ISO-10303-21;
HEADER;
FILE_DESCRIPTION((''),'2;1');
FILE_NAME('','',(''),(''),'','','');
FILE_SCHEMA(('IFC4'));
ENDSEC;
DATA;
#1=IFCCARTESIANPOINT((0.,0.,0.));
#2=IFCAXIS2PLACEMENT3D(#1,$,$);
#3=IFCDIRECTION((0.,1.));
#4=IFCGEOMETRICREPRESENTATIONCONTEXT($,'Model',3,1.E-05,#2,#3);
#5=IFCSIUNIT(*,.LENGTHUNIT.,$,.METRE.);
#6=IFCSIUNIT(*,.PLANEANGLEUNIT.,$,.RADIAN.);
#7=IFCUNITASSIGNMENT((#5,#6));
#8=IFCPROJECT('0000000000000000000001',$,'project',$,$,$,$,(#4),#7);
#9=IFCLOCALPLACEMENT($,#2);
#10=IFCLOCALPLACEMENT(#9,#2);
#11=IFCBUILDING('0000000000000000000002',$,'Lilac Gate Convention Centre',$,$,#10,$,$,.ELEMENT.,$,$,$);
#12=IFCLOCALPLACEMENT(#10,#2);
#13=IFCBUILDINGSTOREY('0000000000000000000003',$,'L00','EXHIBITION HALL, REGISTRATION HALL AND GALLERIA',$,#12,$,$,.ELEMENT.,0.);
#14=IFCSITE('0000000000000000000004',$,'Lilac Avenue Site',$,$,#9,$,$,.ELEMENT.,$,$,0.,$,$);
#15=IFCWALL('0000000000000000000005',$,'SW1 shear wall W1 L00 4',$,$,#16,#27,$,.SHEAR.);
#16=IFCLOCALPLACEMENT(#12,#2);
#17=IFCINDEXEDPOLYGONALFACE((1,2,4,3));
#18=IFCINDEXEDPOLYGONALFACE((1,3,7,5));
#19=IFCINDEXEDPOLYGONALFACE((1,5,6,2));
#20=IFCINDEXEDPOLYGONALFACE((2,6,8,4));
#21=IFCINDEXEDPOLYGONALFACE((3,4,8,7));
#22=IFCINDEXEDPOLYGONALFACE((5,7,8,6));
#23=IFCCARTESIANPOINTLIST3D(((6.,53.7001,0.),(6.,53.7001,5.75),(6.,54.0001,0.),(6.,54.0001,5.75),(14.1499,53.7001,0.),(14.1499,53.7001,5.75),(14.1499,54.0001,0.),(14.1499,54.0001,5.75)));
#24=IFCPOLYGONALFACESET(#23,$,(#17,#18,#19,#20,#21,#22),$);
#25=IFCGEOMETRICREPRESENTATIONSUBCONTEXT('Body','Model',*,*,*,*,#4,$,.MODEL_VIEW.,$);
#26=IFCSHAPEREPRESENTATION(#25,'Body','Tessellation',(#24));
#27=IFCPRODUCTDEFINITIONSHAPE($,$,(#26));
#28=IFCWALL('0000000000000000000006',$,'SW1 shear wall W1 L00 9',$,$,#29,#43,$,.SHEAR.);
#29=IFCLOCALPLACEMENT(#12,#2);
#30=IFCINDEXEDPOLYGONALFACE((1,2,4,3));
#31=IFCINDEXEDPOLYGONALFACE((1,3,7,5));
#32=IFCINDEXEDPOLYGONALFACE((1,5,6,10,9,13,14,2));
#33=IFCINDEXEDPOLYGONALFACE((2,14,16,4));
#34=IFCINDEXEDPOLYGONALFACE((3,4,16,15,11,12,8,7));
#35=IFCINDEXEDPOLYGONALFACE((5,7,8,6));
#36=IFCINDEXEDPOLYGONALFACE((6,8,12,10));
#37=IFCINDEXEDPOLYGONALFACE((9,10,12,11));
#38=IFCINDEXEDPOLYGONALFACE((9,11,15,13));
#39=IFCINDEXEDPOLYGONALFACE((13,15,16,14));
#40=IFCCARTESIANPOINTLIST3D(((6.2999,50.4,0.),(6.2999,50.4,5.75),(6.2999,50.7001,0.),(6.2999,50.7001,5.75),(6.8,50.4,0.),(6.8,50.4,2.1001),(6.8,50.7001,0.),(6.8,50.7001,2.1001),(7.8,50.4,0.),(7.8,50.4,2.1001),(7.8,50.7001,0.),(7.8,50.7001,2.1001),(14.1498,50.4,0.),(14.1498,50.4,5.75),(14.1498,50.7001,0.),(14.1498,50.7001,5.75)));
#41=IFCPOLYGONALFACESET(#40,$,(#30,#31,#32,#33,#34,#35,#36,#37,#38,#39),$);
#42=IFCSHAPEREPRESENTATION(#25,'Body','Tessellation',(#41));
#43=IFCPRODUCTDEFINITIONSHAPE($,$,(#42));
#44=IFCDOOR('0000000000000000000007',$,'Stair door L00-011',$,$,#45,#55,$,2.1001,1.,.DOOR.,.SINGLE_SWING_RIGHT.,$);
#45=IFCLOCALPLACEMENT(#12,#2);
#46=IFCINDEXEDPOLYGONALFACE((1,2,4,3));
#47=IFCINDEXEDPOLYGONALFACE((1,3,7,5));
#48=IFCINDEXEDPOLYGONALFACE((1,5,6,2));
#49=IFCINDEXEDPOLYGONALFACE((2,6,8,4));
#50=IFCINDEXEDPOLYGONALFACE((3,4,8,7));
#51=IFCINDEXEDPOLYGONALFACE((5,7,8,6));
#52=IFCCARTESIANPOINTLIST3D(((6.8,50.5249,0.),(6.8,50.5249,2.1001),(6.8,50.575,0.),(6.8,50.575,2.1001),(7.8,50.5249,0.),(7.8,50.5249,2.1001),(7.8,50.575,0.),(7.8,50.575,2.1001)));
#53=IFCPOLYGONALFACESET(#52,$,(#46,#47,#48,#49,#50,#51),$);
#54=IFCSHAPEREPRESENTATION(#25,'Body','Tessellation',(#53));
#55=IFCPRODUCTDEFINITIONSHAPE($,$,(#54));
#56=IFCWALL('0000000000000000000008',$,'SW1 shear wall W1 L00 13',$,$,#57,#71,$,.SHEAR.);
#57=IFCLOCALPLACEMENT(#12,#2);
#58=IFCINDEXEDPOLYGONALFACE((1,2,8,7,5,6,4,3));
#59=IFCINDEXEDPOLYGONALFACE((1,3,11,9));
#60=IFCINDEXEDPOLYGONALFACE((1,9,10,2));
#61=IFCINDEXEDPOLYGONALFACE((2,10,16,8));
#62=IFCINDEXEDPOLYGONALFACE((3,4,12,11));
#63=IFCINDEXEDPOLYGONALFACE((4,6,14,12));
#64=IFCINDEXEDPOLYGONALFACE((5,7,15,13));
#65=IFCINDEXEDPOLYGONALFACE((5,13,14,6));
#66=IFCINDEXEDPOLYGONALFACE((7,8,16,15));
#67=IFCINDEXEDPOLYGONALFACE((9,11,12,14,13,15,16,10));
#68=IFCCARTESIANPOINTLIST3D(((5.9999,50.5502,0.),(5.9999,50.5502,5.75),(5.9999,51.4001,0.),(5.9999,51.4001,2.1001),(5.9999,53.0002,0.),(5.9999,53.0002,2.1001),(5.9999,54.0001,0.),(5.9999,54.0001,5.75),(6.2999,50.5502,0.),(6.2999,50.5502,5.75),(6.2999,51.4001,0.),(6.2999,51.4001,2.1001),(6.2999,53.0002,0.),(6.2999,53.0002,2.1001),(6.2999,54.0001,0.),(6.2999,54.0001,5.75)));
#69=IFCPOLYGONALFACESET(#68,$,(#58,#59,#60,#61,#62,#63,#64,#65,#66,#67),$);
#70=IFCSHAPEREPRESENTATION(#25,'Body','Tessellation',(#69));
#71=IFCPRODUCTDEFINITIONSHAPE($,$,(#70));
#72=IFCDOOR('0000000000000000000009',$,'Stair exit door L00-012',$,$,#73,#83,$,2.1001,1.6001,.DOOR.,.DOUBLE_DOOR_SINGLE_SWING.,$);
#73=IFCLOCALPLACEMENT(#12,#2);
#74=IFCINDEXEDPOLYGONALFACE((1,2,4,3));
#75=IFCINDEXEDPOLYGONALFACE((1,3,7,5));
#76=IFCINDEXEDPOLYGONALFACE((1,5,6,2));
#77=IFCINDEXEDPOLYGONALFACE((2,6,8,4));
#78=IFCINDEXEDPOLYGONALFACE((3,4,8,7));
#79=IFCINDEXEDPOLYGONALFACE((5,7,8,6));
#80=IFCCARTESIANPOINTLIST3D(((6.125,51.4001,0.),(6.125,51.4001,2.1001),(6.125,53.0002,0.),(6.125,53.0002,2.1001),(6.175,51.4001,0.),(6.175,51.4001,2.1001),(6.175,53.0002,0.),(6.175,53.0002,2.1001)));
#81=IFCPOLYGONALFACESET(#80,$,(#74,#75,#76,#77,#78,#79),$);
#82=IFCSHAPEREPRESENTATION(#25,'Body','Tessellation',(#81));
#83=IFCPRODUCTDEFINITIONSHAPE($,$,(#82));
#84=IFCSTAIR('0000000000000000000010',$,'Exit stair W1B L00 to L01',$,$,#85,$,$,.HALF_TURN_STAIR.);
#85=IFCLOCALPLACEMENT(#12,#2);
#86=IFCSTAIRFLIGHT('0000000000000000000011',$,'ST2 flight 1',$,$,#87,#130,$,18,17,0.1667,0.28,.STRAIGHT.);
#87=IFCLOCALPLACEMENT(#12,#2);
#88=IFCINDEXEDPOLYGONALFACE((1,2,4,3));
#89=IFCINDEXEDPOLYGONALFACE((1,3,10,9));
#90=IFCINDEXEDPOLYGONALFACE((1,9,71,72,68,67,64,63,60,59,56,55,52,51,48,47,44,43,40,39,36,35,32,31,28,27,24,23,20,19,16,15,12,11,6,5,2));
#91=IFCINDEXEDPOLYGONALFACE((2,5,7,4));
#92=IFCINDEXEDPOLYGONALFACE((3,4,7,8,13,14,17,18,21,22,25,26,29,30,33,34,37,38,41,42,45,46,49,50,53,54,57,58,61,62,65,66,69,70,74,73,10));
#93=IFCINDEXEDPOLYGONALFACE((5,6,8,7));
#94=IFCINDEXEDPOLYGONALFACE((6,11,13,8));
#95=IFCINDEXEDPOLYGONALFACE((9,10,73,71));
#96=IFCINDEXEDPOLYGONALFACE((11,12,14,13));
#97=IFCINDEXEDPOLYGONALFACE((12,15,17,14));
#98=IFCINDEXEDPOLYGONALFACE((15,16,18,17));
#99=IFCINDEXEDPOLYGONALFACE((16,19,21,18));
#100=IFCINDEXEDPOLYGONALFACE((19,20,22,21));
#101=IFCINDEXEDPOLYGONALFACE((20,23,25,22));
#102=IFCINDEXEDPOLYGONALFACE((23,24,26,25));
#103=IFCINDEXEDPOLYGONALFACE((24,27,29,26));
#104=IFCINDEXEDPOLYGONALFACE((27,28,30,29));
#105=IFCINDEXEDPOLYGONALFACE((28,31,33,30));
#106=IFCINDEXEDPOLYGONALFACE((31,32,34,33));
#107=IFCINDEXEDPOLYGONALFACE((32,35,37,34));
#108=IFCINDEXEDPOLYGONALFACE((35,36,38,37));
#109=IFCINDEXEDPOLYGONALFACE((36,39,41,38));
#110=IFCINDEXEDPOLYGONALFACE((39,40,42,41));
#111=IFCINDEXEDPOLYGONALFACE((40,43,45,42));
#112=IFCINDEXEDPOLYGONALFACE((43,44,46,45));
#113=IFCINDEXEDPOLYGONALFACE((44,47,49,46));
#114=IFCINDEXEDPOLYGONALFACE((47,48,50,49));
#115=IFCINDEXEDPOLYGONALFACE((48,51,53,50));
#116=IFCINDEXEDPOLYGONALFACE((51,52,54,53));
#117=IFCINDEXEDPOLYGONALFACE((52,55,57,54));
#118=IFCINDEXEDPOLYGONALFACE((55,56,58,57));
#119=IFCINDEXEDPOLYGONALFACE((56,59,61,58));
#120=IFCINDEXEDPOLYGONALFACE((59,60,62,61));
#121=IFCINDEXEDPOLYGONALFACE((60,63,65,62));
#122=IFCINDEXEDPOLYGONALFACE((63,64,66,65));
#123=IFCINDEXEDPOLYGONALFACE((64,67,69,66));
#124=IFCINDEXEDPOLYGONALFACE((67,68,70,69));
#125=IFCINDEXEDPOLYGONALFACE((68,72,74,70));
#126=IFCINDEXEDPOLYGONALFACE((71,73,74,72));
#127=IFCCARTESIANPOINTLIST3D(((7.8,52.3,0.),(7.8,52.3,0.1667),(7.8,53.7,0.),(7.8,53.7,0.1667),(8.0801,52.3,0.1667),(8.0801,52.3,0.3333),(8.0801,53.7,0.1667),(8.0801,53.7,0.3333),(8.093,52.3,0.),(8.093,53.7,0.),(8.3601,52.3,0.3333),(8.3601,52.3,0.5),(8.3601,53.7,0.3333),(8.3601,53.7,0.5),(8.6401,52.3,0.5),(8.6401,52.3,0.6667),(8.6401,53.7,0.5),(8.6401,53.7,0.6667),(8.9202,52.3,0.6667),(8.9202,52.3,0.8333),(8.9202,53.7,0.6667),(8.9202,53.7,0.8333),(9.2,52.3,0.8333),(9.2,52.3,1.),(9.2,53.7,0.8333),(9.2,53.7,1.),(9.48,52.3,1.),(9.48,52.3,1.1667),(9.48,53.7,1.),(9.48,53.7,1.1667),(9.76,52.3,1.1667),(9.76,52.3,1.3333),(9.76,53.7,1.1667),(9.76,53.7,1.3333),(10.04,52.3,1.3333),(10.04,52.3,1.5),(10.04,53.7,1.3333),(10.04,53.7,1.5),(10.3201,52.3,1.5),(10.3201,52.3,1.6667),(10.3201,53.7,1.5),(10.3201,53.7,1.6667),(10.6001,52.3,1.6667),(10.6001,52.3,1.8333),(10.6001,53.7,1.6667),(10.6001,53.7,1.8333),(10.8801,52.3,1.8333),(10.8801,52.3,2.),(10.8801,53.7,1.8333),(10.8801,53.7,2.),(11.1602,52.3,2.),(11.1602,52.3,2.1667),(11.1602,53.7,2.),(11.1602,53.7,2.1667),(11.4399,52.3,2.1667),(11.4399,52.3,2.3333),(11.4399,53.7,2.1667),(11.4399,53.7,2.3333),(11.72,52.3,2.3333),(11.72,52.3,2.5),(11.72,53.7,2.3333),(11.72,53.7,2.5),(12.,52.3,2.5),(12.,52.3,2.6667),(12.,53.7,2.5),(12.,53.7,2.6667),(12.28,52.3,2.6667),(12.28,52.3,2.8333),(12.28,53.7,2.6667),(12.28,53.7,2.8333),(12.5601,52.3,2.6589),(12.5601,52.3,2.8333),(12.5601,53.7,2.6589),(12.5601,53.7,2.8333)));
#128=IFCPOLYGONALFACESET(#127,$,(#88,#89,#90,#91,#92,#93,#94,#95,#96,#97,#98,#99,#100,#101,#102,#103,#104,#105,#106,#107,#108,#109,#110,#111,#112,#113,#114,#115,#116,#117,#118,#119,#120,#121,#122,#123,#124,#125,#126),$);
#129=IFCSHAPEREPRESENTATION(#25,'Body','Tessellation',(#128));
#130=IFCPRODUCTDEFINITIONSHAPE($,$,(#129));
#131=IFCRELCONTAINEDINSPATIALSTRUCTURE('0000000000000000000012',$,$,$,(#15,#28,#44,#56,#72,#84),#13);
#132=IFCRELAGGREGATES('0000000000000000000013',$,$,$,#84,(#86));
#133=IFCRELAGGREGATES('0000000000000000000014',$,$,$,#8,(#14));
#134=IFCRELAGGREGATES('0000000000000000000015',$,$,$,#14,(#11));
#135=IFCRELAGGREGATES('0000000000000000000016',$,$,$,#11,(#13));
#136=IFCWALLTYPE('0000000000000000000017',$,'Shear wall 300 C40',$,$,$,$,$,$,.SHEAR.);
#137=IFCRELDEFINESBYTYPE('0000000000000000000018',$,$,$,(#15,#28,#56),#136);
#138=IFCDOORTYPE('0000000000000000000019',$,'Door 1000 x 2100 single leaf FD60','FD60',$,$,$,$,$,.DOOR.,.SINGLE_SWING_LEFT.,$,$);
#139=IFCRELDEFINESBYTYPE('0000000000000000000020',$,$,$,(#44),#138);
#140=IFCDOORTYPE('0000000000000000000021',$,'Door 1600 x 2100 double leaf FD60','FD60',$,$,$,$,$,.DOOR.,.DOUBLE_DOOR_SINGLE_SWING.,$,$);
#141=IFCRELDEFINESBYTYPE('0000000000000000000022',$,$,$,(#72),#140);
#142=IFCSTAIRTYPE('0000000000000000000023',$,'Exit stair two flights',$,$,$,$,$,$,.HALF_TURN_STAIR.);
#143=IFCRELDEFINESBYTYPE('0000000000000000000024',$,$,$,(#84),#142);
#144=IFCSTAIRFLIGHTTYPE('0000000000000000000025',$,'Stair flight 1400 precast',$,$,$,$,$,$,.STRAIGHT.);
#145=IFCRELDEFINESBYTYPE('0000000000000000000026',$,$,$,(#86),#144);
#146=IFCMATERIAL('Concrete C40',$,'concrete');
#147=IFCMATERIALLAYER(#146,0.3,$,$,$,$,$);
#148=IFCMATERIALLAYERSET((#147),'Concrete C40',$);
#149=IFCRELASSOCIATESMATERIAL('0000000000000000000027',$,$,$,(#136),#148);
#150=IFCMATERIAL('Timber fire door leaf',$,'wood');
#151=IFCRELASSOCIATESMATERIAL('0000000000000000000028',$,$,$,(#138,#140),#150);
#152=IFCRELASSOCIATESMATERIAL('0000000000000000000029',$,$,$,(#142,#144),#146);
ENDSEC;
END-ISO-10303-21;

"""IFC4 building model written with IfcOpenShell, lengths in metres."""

from ifc_helpers import new_model, si_unit, direction, frame, frame_2d, origin, place, context, subcontext, project, spatial, polyline, rectangle, outline, extrude, material, layer, layer_set, type_object, element, fill, aggregate, save


model = new_model("IFC4")

# Units and contexts
model_context = context("Model", 3, precision=1e-05, world=origin(), true_north=direction((0.0, 1.0)))
body_context = subcontext(model_context, "Body", "Model", "MODEL_VIEW")
ifc_project = project(units=[si_unit("LENGTHUNIT", "METRE"), si_unit("PLANEANGLEUNIT", "RADIAN")], contexts=[model_context])

# Site, building, storey
site_placement = place(None, origin())
site = spatial("IfcSite", under=ifc_project, at=site_placement, Name="Lilac Avenue Site", CompositionType="ELEMENT", RefElevation=0.0)
building_placement = place(site_placement, origin())
building = spatial("IfcBuilding", under=site, at=building_placement, Name="Lilac Gate Convention Centre", CompositionType="ELEMENT")
storey_placement = place(building_placement, origin())
storey = spatial("IfcBuildingStorey", under=building, at=storey_placement, Name="L00", Description="EXHIBITION HALL, REGISTRATION HALL AND GALLERIA", CompositionType="ELEMENT", Elevation=0.0)

# Shared definitions
ifc_material_1 = material(Name="Concrete C40", Category="concrete")

# Shared definitions
ifc_material_2 = material(Name="Timber fire door leaf", Category="wood")

# Shared definitions
ifc_layer_1 = layer(ifc_material_1, 0.3)
ifc_layer_set_1 = layer_set([ifc_layer_1], Name="Concrete C40")
wall_type_1 = type_object("IfcWallType", Name="Shear wall 300 C40", PredefinedType="SHEAR", material=ifc_layer_set_1)

# Shared definitions
door_type_1 = type_object("IfcDoorType", Name="Door 1000 x 2100 single leaf FD60", Description="FD60", OperationType="SINGLE_SWING_LEFT", PredefinedType="DOOR", material=ifc_material_2)
door_type_2 = type_object("IfcDoorType", Name="Door 1600 x 2100 double leaf FD60", Description="FD60", OperationType="DOUBLE_DOOR_SINGLE_SWING", PredefinedType="DOOR", material=ifc_material_2)

# Wall
wall_1_placement = place(storey_placement, frame((6.0, 53.8501, 0.0), z_axis=(0.0, 0.0, 1.0), x_axis=(1.0, 0.0, 0.0)))
element("IfcWall", 1, at=wall_1_placement, inside=storey, type_object=wall_type_1, Name="SW1 shear wall W1 L00 4", PredefinedType="SHEAR", context=body_context, shape_type="SweptSolid", body=[
    extrude(rectangle(XDim=8.1499, YDim=0.3, at=frame_2d((4.075, 0.0))), origin(), (0.0, 0.0, 1.0), 5.75),
])

# Walls, openings, doors
wall_2_placement = place(storey_placement, frame((6.3, 50.55, 0.0), z_axis=(0.0, 0.0, 1.0), x_axis=(1.0, 0.0, 0.0)))
wall_2 = element("IfcWall", 2, at=wall_2_placement, inside=storey, type_object=wall_type_1, Name="SW1 shear wall W1 L00 9", PredefinedType="SHEAR", context=body_context, shape_type="SweptSolid", body=[
    extrude(rectangle(XDim=7.8499, YDim=0.3, at=frame_2d((3.9248, 0.0))), origin(), (0.0, 0.0, 1.0), 5.75),
])
opening_1_placement = place(wall_2_placement, frame((0.5, 0.0, 0.0)))
opening_1 = element("IfcOpeningElement", 3, at=opening_1_placement, cuts=wall_2, PredefinedType="OPENING", context=body_context, shape_type="SweptSolid", body=[
    extrude(rectangle(XDim=1.0, YDim=2.1001, at=frame_2d((0.5, 1.05))), frame((0.0, 0.1599, 0.0), z_axis=(0.0, -1.0, 0.0), x_axis=(1.0, 0.0, 0.0)), (0.0, 0.0, 1.0), 0.3201),
])
door_1_placement = place(opening_1_placement, origin())
door_1 = element("IfcDoor", 4, at=door_1_placement, inside=storey, type_object=door_type_1, Name="Stair door L00-011", OperationType="SINGLE_SWING_RIGHT", OverallHeight=2.1001, OverallWidth=1.0, PredefinedType="DOOR", context=body_context, shape_type="SweptSolid", body=[
    extrude(rectangle(XDim=1.0, YDim=2.1001, at=frame_2d((0.5, 1.05))), frame((0.0, 0.0249, 0.0), z_axis=(0.0, -1.0, 0.0), x_axis=(1.0, 0.0, 0.0)), (0.0, 0.0, 1.0), 0.05),
])
fill(opening_1, door_1)
wall_3_placement = place(storey_placement, frame((6.1499, 50.55, 0.0), z_axis=(0.0, 0.0, 1.0), x_axis=(0.0, 1.0, 0.0)))
wall_3 = element("IfcWall", 5, at=wall_3_placement, inside=storey, type_object=wall_type_1, Name="SW1 shear wall W1 L00 13", PredefinedType="SHEAR", context=body_context, shape_type="SweptSolid", body=[
    extrude(rectangle(XDim=3.45, YDim=0.3, at=frame_2d((1.7251, 0.0))), origin(), (0.0, 0.0, 1.0), 5.75),
])
opening_2_placement = place(wall_3_placement, frame((0.8501, 0.0, 0.0)))
opening_2 = element("IfcOpeningElement", 6, at=opening_2_placement, cuts=wall_3, PredefinedType="OPENING", context=body_context, shape_type="SweptSolid", body=[
    extrude(rectangle(XDim=1.6001, YDim=2.1001, at=frame_2d((0.8, 1.05))), frame((0.0, 0.1599, 0.0), z_axis=(0.0, -1.0, 0.0), x_axis=(1.0, 0.0, 0.0)), (0.0, 0.0, 1.0), 0.3201),
])
door_2_placement = place(opening_2_placement, origin())
door_2 = element("IfcDoor", 7, at=door_2_placement, inside=storey, type_object=door_type_2, Name="Stair exit door L00-012", OperationType="DOUBLE_DOOR_SINGLE_SWING", OverallHeight=2.1001, OverallWidth=1.6001, PredefinedType="DOOR", context=body_context, shape_type="SweptSolid", body=[
    extrude(rectangle(XDim=1.6001, YDim=2.1001, at=frame_2d((0.8, 1.05))), frame((0.0, 0.0249, 0.0), z_axis=(0.0, -1.0, 0.0), x_axis=(1.0, 0.0, 0.0)), (0.0, 0.0, 1.0), 0.05),
])
fill(opening_2, door_2)

# Stair, stair flight
stair_type = type_object("IfcStairType", Name="Exit stair two flights", PredefinedType="HALF_TURN_STAIR", material=ifc_material_1)
stair_placement = place(storey_placement, origin())
stair = element("IfcStair", 8, at=stair_placement, inside=storey, type_object=stair_type, Name="Exit stair W1B L00 to L01", PredefinedType="HALF_TURN_STAIR")
stair_flight_type = type_object("IfcStairFlightType", Name="Stair flight 1400 precast", PredefinedType="STRAIGHT", material=ifc_material_1)
stair_flight_placement = place(storey_placement, frame((7.8, 53.0, 0.0), z_axis=(0.0, 0.0, 1.0), x_axis=(1.0, 0.0, 0.0)))
stair_flight = element("IfcStairFlight", 9, at=stair_flight_placement, type_object=stair_flight_type, Name="ST2 flight 1", NumberOfRisers=18, NumberOfTreads=17, PredefinedType="STRAIGHT", RiserHeight=0.1667, TreadLength=0.28, context=body_context, shape_type="SweptSolid", body=[
    extrude(outline(polyline([(0.0, 0.0), (0.0, 0.1667), (0.28, 0.1667), (0.28, 0.3333), (0.5601, 0.3333), (0.5601, 0.5), (0.8401, 0.5), (0.8401, 0.6667), (1.1201, 0.6667), (1.1201, 0.8333), (1.3999, 0.8333), (1.3999, 1.0), (1.6799, 1.0), (1.6799, 1.1667), (1.96, 1.1667), (1.96, 1.3333), (2.24, 1.3333), (2.24, 1.5), (2.52, 1.5), (2.52, 1.6667), (2.8, 1.6667), (2.8, 1.8333), (3.0801, 1.8333), (3.0801, 2.0), (3.3601, 2.0), (3.3601, 2.1667), (3.6399, 2.1667), (3.6399, 2.3333), (3.9199, 2.3333), (3.9199, 2.5), (4.2, 2.5), (4.2, 2.6667), (4.48, 2.6667), (4.48, 2.8333), (4.76, 2.8333), (4.76, 3.0), (4.76, 2.6589), (0.293, 0.0), (0.0, 0.0)])), frame((0.0, 0.7, 0.0), z_axis=(0.0, -1.0, 0.0), x_axis=(1.0, 0.0, 0.0)), (0.0, 0.0, 1.0), 1.3999),
])
aggregate(stair, [stair_flight])

save(model, "model.ifc")
